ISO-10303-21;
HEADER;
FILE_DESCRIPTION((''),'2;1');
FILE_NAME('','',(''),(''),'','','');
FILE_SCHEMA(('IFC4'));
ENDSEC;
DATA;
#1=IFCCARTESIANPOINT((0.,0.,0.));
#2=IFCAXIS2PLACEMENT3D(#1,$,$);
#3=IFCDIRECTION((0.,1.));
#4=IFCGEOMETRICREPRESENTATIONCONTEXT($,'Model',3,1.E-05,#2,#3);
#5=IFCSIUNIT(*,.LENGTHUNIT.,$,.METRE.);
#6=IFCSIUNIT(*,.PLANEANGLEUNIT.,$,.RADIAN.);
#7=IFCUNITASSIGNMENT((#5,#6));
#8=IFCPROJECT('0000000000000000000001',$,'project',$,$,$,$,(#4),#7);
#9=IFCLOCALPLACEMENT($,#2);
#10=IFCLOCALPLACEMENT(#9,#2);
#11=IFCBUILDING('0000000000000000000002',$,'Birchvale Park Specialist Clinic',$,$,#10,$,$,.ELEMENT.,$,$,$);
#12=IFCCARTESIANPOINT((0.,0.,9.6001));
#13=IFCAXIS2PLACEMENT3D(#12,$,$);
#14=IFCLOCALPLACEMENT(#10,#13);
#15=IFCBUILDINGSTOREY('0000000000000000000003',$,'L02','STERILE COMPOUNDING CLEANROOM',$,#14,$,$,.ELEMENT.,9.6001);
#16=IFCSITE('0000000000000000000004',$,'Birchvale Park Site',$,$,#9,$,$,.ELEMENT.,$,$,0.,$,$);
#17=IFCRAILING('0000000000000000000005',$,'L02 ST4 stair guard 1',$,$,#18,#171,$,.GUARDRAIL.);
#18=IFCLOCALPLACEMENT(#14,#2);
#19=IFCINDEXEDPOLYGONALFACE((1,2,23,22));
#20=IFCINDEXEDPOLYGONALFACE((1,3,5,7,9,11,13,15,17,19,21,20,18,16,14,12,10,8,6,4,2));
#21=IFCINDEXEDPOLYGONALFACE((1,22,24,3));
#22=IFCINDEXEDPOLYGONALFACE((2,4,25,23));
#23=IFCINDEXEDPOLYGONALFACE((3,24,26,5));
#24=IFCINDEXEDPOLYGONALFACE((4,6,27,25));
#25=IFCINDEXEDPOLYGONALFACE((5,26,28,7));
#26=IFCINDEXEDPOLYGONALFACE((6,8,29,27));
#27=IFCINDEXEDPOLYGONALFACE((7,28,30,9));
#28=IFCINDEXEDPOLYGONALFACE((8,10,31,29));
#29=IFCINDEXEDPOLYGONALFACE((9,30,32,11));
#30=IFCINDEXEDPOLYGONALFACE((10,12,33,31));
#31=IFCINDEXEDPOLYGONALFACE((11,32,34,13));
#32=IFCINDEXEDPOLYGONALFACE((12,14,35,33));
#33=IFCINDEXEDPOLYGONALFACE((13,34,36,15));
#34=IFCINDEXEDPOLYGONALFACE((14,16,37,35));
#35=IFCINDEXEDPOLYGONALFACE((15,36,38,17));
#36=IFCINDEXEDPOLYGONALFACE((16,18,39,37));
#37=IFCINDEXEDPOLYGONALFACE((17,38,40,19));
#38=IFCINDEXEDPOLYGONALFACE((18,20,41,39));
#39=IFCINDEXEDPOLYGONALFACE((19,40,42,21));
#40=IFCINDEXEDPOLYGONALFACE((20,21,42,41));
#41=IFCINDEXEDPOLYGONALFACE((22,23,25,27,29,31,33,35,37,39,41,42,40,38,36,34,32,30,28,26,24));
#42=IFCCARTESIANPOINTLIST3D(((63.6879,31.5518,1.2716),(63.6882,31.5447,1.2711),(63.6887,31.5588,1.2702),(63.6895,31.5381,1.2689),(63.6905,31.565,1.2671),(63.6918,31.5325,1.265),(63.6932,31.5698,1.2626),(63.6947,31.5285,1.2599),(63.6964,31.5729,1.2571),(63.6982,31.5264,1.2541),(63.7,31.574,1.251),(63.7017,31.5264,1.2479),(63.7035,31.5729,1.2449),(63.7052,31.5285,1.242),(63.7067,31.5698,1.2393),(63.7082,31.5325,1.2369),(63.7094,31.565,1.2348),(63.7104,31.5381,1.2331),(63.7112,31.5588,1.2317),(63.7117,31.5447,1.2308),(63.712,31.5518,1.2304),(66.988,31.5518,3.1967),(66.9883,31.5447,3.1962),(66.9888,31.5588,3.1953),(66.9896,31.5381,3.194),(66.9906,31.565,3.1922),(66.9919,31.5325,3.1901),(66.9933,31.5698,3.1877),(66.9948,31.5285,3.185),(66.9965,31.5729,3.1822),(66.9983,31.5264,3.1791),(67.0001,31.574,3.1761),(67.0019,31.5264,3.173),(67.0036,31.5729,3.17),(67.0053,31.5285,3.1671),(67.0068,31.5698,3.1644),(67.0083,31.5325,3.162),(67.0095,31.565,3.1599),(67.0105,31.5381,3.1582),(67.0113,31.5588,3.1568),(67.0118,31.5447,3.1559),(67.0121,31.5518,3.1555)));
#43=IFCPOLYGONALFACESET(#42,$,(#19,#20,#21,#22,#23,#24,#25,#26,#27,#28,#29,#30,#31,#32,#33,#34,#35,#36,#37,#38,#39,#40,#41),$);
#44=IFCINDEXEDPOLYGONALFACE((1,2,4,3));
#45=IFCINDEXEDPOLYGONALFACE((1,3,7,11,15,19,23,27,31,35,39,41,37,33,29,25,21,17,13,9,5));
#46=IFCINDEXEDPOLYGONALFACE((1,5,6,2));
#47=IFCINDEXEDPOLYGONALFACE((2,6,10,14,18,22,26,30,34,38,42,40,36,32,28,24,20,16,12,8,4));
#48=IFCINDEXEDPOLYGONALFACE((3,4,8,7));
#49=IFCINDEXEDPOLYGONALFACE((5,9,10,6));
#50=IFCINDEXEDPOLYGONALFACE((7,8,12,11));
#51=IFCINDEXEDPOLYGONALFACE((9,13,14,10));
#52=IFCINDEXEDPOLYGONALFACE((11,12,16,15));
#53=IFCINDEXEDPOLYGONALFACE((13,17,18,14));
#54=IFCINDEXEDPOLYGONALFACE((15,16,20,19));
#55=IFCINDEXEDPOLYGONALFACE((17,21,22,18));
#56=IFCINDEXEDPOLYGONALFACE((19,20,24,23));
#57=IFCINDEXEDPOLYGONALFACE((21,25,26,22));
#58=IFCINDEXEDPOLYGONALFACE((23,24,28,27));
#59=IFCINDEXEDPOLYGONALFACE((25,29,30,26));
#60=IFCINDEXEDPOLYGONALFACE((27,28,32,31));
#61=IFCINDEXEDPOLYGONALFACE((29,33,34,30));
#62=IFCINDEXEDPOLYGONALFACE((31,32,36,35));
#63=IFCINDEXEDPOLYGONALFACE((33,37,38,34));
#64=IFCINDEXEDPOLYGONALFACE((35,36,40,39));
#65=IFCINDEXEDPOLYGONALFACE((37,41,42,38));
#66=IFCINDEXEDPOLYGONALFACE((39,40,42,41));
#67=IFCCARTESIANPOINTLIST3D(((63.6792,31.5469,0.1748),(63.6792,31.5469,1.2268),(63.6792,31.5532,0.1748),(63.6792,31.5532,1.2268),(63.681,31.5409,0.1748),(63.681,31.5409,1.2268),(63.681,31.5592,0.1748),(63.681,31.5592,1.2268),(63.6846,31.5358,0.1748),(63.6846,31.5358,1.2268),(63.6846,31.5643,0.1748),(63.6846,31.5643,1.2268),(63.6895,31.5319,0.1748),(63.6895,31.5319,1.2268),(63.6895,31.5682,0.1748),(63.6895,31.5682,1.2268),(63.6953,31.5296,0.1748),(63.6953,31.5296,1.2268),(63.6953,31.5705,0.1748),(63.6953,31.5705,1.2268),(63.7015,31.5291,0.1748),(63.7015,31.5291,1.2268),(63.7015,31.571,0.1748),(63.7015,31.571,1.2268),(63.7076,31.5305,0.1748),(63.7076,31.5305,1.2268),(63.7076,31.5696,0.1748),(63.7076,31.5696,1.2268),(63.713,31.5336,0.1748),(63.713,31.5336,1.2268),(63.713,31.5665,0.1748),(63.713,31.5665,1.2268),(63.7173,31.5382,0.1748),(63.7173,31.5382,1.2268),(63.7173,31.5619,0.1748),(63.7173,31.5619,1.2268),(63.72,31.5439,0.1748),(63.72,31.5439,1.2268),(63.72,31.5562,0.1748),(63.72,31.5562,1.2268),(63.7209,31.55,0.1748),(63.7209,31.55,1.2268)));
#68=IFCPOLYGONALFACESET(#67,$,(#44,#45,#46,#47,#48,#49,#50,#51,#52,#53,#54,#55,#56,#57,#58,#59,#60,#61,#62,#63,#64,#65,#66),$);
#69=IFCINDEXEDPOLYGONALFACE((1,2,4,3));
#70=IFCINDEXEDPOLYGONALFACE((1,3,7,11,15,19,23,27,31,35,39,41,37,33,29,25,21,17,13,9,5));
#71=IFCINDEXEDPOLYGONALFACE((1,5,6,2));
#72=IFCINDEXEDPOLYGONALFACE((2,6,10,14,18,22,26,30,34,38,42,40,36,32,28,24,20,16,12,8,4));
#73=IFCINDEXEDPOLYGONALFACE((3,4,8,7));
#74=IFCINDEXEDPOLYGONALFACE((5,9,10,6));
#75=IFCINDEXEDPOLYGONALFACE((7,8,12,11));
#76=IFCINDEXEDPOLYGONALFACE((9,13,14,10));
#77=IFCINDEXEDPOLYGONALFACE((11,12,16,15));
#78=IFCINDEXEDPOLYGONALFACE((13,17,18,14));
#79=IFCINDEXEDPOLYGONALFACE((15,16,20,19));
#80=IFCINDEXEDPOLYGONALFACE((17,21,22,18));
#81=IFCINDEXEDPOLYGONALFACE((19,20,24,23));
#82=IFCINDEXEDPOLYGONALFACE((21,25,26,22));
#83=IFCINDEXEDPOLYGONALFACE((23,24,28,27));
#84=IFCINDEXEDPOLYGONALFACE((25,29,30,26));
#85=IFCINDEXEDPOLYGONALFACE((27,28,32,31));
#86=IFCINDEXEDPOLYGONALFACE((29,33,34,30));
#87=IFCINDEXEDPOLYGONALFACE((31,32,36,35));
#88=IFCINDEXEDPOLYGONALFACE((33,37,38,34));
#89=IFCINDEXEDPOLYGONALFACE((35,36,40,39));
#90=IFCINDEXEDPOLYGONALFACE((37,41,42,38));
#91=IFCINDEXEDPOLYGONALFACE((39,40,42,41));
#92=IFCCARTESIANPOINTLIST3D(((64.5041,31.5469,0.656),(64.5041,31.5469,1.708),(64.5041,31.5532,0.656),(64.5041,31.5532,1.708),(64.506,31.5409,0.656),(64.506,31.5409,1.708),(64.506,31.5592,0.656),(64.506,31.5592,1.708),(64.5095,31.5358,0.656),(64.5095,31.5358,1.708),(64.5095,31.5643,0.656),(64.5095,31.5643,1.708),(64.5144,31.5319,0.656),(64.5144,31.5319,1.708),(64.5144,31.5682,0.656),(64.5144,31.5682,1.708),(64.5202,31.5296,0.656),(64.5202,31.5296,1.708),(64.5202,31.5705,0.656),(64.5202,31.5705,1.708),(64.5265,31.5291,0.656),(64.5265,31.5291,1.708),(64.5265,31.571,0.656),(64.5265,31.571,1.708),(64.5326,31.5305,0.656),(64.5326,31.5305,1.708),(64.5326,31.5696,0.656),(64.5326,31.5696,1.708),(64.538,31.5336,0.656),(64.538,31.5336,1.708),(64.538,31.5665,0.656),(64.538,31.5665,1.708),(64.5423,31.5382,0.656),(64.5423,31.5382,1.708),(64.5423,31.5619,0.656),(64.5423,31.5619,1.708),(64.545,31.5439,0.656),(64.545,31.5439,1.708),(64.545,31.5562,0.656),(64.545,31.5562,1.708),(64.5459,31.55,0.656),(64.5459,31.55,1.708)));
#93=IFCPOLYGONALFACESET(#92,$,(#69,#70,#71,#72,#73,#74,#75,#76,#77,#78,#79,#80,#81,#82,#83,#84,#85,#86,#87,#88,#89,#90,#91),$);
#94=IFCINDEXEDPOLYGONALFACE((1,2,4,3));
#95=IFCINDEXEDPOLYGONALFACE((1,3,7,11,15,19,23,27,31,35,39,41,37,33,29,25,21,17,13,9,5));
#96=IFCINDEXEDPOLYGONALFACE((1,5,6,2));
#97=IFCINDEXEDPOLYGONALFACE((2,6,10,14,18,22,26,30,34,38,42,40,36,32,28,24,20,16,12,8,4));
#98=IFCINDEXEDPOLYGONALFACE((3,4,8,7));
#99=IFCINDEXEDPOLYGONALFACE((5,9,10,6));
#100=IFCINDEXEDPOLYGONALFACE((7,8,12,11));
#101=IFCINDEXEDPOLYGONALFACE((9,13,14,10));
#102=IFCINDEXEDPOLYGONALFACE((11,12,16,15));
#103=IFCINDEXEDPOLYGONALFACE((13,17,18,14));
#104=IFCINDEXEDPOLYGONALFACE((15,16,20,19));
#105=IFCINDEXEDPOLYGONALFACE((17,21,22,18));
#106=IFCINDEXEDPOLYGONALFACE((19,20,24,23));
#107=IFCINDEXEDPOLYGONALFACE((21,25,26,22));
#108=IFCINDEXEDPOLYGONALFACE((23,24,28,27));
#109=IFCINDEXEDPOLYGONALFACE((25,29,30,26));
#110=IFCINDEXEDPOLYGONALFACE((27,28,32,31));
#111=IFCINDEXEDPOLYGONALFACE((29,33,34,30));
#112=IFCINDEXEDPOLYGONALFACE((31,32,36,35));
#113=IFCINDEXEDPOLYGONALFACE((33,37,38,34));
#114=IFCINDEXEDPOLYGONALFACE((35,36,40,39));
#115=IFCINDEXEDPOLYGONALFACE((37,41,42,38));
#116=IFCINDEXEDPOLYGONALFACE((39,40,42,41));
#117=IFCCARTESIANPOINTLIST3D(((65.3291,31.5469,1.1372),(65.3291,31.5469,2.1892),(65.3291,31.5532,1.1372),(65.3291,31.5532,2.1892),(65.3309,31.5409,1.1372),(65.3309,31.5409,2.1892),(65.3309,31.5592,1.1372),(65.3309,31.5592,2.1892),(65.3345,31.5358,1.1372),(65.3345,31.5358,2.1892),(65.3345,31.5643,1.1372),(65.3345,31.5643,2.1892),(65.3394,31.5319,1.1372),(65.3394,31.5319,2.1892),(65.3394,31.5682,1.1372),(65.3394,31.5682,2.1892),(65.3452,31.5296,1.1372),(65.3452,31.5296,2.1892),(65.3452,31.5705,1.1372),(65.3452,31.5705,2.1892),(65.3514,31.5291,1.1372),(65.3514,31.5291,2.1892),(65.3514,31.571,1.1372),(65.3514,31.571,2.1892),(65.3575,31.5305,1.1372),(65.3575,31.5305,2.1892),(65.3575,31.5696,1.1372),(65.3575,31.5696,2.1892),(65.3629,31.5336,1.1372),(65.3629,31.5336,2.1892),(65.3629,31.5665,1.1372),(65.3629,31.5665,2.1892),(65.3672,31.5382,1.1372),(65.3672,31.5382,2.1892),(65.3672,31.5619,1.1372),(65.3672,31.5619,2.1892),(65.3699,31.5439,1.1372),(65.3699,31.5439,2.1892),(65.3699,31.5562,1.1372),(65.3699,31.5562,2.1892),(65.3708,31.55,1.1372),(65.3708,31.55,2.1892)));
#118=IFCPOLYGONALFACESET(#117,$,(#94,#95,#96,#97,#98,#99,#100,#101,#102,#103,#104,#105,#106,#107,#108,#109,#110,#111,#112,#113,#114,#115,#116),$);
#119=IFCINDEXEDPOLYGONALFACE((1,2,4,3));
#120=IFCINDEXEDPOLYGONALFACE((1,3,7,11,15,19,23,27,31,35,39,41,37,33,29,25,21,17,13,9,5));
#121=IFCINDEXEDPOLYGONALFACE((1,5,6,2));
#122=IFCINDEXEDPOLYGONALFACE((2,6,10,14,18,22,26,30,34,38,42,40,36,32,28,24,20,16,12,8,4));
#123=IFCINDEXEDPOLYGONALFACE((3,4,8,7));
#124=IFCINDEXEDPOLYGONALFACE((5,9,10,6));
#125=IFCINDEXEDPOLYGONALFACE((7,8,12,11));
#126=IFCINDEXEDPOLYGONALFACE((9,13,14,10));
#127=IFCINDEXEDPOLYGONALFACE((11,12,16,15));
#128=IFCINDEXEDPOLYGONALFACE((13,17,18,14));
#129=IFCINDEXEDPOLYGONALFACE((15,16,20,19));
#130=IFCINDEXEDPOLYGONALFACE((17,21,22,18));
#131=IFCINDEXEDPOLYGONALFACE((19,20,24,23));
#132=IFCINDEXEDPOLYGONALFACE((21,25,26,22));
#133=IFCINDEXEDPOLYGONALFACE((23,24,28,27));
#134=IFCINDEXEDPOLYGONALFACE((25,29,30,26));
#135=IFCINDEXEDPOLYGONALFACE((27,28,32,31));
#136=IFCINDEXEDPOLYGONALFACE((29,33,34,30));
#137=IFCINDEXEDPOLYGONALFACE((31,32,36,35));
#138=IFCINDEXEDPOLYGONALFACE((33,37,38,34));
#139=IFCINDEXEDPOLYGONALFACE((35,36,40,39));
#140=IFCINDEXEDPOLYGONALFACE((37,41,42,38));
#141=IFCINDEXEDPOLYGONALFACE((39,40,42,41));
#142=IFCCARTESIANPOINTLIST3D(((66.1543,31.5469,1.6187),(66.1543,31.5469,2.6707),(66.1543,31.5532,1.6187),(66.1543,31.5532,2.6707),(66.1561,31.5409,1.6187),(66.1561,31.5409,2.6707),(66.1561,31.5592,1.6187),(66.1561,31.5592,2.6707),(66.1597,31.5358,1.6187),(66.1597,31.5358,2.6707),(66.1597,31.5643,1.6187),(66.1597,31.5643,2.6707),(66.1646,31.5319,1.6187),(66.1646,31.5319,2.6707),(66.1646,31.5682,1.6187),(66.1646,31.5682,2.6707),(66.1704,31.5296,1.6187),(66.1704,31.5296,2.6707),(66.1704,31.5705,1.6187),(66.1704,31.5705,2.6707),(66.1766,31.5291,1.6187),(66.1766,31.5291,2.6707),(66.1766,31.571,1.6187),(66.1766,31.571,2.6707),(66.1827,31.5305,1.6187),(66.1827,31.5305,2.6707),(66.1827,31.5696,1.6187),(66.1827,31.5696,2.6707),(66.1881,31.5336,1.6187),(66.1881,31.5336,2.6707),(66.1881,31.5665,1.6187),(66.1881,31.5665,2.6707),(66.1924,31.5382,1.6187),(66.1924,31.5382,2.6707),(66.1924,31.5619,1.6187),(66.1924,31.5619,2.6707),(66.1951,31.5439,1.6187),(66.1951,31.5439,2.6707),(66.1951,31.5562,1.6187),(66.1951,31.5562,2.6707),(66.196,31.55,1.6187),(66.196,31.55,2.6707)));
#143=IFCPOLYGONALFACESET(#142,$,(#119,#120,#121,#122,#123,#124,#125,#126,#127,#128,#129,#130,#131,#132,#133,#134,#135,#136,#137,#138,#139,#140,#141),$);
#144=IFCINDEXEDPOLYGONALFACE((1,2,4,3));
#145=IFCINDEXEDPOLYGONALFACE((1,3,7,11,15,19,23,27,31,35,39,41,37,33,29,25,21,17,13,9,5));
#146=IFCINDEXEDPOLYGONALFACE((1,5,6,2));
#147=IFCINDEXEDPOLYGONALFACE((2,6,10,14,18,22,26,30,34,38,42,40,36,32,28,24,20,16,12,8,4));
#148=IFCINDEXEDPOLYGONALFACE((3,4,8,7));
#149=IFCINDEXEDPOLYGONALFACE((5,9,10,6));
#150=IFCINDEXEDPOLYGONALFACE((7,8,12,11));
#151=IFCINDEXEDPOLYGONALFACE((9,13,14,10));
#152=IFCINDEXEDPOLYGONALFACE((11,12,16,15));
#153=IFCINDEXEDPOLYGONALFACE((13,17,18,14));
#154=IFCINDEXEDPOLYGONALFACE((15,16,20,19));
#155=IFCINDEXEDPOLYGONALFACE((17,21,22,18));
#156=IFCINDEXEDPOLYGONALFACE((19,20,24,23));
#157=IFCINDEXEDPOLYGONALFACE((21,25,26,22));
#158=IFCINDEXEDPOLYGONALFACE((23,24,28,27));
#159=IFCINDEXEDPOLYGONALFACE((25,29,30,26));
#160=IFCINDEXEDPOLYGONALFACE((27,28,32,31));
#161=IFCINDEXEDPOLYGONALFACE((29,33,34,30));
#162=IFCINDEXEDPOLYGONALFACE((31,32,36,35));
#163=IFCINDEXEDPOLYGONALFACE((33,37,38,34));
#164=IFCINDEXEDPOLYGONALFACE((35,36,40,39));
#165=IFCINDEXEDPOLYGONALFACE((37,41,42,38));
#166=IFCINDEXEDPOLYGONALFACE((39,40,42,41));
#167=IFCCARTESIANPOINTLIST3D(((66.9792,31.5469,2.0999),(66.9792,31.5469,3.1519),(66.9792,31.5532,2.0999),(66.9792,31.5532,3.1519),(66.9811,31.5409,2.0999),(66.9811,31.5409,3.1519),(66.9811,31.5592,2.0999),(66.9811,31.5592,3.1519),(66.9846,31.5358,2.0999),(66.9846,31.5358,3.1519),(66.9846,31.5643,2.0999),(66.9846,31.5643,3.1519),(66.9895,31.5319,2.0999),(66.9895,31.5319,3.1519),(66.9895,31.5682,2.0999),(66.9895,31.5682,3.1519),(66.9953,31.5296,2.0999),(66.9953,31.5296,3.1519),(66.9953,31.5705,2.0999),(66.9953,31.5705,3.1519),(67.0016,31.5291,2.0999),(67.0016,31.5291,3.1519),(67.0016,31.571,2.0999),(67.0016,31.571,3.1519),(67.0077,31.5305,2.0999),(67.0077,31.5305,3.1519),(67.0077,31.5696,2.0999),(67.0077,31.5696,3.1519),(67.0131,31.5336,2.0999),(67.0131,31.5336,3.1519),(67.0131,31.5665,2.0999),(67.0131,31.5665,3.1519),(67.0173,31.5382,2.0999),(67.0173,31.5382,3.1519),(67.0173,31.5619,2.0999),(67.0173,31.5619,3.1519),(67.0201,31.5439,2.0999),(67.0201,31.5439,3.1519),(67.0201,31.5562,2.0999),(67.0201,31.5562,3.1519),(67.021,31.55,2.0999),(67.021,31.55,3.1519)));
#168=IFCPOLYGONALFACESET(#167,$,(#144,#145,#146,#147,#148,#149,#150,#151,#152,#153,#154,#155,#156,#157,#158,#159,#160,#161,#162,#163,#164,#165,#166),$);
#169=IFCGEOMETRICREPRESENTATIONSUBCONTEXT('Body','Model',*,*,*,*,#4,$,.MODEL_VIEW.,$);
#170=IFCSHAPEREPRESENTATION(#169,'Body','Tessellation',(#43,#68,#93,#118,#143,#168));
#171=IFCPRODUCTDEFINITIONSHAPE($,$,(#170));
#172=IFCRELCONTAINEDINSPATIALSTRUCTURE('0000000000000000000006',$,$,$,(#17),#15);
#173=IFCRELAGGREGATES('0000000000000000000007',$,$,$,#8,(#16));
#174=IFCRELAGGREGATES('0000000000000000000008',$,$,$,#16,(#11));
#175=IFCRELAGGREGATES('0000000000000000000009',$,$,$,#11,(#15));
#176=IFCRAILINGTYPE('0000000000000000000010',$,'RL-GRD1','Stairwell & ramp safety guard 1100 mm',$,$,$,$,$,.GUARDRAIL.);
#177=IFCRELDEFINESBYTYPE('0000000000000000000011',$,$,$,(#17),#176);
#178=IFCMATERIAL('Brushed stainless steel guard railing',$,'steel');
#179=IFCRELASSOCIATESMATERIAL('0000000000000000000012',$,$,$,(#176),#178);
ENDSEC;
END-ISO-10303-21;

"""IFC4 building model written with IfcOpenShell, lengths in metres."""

from ifc_helpers import new_model, si_unit, direction, frame, origin, origin_2d, place, context, subcontext, project, spatial, circle, extrude, material, type_object, element, save


model = new_model("IFC4")

# Units and contexts
model_context = context("Model", 3, precision=1e-05, world=origin(), true_north=direction((0.0, 1.0)))
body_context = subcontext(model_context, "Body", "Model", "MODEL_VIEW")
ifc_project = project(units=[si_unit("LENGTHUNIT", "METRE"), si_unit("PLANEANGLEUNIT", "RADIAN")], contexts=[model_context])

# Site, building, storey
site_placement = place(None, origin())
site = spatial("IfcSite", under=ifc_project, at=site_placement, Name="Birchvale Park Site", CompositionType="ELEMENT", RefElevation=0.0)
building_placement = place(site_placement, origin())
building = spatial("IfcBuilding", under=site, at=building_placement, Name="Birchvale Park Specialist Clinic", CompositionType="ELEMENT")
storey_placement = place(building_placement, frame((0.0, 0.0, 9.6001)))
storey = spatial("IfcBuildingStorey", under=building, at=storey_placement, Name="L02", Description="STERILE COMPOUNDING CLEANROOM", CompositionType="ELEMENT", Elevation=9.6001)

# Railing
ifc_material_1 = material(Name="Brushed stainless steel guard railing", Category="steel")
railing_type_1 = type_object("IfcRailingType", Name="RL-GRD1", Description="Stairwell & ramp safety guard 1100 mm", PredefinedType="GUARDRAIL", material=ifc_material_1)
railing_1_placement = place(storey_placement, frame((63.7, 31.55, 0.1748)))
element("IfcRailing", 1, at=railing_1_placement, inside=storey, type_object=railing_type_1, Name="L02 ST4 stair guard 1", PredefinedType="GUARDRAIL", context=body_context, shape_type="SweptSolid", body=[
    extrude(circle(Radius=0.0239, at=origin_2d()), frame((0.0, 0.0, 1.0762), z_axis=(0.863777, 0.0, 0.503875), x_axis=(0.0, 1.0, 0.0)), (0.0, 0.0, 1.0), 3.8206),
    extrude(circle(Radius=0.021, at=origin_2d()), origin(), (0.0, 0.0, 1.0), 1.052),
    extrude(circle(Radius=0.021, at=origin_2d()), frame((0.825, 0.0, 0.4812)), (0.0, 0.0, 1.0), 1.052),
    extrude(circle(Radius=0.021, at=origin_2d()), frame((1.6499, 0.0, 0.9624)), (0.0, 0.0, 1.0), 1.052),
    extrude(circle(Radius=0.021, at=origin_2d()), frame((2.4751, 0.0, 1.4438)), (0.0, 0.0, 1.0), 1.052),
    extrude(circle(Radius=0.021, at=origin_2d()), frame((3.3, 0.0, 1.925)), (0.0, 0.0, 1.0), 1.052),
])

save(model, "model.ifc")
